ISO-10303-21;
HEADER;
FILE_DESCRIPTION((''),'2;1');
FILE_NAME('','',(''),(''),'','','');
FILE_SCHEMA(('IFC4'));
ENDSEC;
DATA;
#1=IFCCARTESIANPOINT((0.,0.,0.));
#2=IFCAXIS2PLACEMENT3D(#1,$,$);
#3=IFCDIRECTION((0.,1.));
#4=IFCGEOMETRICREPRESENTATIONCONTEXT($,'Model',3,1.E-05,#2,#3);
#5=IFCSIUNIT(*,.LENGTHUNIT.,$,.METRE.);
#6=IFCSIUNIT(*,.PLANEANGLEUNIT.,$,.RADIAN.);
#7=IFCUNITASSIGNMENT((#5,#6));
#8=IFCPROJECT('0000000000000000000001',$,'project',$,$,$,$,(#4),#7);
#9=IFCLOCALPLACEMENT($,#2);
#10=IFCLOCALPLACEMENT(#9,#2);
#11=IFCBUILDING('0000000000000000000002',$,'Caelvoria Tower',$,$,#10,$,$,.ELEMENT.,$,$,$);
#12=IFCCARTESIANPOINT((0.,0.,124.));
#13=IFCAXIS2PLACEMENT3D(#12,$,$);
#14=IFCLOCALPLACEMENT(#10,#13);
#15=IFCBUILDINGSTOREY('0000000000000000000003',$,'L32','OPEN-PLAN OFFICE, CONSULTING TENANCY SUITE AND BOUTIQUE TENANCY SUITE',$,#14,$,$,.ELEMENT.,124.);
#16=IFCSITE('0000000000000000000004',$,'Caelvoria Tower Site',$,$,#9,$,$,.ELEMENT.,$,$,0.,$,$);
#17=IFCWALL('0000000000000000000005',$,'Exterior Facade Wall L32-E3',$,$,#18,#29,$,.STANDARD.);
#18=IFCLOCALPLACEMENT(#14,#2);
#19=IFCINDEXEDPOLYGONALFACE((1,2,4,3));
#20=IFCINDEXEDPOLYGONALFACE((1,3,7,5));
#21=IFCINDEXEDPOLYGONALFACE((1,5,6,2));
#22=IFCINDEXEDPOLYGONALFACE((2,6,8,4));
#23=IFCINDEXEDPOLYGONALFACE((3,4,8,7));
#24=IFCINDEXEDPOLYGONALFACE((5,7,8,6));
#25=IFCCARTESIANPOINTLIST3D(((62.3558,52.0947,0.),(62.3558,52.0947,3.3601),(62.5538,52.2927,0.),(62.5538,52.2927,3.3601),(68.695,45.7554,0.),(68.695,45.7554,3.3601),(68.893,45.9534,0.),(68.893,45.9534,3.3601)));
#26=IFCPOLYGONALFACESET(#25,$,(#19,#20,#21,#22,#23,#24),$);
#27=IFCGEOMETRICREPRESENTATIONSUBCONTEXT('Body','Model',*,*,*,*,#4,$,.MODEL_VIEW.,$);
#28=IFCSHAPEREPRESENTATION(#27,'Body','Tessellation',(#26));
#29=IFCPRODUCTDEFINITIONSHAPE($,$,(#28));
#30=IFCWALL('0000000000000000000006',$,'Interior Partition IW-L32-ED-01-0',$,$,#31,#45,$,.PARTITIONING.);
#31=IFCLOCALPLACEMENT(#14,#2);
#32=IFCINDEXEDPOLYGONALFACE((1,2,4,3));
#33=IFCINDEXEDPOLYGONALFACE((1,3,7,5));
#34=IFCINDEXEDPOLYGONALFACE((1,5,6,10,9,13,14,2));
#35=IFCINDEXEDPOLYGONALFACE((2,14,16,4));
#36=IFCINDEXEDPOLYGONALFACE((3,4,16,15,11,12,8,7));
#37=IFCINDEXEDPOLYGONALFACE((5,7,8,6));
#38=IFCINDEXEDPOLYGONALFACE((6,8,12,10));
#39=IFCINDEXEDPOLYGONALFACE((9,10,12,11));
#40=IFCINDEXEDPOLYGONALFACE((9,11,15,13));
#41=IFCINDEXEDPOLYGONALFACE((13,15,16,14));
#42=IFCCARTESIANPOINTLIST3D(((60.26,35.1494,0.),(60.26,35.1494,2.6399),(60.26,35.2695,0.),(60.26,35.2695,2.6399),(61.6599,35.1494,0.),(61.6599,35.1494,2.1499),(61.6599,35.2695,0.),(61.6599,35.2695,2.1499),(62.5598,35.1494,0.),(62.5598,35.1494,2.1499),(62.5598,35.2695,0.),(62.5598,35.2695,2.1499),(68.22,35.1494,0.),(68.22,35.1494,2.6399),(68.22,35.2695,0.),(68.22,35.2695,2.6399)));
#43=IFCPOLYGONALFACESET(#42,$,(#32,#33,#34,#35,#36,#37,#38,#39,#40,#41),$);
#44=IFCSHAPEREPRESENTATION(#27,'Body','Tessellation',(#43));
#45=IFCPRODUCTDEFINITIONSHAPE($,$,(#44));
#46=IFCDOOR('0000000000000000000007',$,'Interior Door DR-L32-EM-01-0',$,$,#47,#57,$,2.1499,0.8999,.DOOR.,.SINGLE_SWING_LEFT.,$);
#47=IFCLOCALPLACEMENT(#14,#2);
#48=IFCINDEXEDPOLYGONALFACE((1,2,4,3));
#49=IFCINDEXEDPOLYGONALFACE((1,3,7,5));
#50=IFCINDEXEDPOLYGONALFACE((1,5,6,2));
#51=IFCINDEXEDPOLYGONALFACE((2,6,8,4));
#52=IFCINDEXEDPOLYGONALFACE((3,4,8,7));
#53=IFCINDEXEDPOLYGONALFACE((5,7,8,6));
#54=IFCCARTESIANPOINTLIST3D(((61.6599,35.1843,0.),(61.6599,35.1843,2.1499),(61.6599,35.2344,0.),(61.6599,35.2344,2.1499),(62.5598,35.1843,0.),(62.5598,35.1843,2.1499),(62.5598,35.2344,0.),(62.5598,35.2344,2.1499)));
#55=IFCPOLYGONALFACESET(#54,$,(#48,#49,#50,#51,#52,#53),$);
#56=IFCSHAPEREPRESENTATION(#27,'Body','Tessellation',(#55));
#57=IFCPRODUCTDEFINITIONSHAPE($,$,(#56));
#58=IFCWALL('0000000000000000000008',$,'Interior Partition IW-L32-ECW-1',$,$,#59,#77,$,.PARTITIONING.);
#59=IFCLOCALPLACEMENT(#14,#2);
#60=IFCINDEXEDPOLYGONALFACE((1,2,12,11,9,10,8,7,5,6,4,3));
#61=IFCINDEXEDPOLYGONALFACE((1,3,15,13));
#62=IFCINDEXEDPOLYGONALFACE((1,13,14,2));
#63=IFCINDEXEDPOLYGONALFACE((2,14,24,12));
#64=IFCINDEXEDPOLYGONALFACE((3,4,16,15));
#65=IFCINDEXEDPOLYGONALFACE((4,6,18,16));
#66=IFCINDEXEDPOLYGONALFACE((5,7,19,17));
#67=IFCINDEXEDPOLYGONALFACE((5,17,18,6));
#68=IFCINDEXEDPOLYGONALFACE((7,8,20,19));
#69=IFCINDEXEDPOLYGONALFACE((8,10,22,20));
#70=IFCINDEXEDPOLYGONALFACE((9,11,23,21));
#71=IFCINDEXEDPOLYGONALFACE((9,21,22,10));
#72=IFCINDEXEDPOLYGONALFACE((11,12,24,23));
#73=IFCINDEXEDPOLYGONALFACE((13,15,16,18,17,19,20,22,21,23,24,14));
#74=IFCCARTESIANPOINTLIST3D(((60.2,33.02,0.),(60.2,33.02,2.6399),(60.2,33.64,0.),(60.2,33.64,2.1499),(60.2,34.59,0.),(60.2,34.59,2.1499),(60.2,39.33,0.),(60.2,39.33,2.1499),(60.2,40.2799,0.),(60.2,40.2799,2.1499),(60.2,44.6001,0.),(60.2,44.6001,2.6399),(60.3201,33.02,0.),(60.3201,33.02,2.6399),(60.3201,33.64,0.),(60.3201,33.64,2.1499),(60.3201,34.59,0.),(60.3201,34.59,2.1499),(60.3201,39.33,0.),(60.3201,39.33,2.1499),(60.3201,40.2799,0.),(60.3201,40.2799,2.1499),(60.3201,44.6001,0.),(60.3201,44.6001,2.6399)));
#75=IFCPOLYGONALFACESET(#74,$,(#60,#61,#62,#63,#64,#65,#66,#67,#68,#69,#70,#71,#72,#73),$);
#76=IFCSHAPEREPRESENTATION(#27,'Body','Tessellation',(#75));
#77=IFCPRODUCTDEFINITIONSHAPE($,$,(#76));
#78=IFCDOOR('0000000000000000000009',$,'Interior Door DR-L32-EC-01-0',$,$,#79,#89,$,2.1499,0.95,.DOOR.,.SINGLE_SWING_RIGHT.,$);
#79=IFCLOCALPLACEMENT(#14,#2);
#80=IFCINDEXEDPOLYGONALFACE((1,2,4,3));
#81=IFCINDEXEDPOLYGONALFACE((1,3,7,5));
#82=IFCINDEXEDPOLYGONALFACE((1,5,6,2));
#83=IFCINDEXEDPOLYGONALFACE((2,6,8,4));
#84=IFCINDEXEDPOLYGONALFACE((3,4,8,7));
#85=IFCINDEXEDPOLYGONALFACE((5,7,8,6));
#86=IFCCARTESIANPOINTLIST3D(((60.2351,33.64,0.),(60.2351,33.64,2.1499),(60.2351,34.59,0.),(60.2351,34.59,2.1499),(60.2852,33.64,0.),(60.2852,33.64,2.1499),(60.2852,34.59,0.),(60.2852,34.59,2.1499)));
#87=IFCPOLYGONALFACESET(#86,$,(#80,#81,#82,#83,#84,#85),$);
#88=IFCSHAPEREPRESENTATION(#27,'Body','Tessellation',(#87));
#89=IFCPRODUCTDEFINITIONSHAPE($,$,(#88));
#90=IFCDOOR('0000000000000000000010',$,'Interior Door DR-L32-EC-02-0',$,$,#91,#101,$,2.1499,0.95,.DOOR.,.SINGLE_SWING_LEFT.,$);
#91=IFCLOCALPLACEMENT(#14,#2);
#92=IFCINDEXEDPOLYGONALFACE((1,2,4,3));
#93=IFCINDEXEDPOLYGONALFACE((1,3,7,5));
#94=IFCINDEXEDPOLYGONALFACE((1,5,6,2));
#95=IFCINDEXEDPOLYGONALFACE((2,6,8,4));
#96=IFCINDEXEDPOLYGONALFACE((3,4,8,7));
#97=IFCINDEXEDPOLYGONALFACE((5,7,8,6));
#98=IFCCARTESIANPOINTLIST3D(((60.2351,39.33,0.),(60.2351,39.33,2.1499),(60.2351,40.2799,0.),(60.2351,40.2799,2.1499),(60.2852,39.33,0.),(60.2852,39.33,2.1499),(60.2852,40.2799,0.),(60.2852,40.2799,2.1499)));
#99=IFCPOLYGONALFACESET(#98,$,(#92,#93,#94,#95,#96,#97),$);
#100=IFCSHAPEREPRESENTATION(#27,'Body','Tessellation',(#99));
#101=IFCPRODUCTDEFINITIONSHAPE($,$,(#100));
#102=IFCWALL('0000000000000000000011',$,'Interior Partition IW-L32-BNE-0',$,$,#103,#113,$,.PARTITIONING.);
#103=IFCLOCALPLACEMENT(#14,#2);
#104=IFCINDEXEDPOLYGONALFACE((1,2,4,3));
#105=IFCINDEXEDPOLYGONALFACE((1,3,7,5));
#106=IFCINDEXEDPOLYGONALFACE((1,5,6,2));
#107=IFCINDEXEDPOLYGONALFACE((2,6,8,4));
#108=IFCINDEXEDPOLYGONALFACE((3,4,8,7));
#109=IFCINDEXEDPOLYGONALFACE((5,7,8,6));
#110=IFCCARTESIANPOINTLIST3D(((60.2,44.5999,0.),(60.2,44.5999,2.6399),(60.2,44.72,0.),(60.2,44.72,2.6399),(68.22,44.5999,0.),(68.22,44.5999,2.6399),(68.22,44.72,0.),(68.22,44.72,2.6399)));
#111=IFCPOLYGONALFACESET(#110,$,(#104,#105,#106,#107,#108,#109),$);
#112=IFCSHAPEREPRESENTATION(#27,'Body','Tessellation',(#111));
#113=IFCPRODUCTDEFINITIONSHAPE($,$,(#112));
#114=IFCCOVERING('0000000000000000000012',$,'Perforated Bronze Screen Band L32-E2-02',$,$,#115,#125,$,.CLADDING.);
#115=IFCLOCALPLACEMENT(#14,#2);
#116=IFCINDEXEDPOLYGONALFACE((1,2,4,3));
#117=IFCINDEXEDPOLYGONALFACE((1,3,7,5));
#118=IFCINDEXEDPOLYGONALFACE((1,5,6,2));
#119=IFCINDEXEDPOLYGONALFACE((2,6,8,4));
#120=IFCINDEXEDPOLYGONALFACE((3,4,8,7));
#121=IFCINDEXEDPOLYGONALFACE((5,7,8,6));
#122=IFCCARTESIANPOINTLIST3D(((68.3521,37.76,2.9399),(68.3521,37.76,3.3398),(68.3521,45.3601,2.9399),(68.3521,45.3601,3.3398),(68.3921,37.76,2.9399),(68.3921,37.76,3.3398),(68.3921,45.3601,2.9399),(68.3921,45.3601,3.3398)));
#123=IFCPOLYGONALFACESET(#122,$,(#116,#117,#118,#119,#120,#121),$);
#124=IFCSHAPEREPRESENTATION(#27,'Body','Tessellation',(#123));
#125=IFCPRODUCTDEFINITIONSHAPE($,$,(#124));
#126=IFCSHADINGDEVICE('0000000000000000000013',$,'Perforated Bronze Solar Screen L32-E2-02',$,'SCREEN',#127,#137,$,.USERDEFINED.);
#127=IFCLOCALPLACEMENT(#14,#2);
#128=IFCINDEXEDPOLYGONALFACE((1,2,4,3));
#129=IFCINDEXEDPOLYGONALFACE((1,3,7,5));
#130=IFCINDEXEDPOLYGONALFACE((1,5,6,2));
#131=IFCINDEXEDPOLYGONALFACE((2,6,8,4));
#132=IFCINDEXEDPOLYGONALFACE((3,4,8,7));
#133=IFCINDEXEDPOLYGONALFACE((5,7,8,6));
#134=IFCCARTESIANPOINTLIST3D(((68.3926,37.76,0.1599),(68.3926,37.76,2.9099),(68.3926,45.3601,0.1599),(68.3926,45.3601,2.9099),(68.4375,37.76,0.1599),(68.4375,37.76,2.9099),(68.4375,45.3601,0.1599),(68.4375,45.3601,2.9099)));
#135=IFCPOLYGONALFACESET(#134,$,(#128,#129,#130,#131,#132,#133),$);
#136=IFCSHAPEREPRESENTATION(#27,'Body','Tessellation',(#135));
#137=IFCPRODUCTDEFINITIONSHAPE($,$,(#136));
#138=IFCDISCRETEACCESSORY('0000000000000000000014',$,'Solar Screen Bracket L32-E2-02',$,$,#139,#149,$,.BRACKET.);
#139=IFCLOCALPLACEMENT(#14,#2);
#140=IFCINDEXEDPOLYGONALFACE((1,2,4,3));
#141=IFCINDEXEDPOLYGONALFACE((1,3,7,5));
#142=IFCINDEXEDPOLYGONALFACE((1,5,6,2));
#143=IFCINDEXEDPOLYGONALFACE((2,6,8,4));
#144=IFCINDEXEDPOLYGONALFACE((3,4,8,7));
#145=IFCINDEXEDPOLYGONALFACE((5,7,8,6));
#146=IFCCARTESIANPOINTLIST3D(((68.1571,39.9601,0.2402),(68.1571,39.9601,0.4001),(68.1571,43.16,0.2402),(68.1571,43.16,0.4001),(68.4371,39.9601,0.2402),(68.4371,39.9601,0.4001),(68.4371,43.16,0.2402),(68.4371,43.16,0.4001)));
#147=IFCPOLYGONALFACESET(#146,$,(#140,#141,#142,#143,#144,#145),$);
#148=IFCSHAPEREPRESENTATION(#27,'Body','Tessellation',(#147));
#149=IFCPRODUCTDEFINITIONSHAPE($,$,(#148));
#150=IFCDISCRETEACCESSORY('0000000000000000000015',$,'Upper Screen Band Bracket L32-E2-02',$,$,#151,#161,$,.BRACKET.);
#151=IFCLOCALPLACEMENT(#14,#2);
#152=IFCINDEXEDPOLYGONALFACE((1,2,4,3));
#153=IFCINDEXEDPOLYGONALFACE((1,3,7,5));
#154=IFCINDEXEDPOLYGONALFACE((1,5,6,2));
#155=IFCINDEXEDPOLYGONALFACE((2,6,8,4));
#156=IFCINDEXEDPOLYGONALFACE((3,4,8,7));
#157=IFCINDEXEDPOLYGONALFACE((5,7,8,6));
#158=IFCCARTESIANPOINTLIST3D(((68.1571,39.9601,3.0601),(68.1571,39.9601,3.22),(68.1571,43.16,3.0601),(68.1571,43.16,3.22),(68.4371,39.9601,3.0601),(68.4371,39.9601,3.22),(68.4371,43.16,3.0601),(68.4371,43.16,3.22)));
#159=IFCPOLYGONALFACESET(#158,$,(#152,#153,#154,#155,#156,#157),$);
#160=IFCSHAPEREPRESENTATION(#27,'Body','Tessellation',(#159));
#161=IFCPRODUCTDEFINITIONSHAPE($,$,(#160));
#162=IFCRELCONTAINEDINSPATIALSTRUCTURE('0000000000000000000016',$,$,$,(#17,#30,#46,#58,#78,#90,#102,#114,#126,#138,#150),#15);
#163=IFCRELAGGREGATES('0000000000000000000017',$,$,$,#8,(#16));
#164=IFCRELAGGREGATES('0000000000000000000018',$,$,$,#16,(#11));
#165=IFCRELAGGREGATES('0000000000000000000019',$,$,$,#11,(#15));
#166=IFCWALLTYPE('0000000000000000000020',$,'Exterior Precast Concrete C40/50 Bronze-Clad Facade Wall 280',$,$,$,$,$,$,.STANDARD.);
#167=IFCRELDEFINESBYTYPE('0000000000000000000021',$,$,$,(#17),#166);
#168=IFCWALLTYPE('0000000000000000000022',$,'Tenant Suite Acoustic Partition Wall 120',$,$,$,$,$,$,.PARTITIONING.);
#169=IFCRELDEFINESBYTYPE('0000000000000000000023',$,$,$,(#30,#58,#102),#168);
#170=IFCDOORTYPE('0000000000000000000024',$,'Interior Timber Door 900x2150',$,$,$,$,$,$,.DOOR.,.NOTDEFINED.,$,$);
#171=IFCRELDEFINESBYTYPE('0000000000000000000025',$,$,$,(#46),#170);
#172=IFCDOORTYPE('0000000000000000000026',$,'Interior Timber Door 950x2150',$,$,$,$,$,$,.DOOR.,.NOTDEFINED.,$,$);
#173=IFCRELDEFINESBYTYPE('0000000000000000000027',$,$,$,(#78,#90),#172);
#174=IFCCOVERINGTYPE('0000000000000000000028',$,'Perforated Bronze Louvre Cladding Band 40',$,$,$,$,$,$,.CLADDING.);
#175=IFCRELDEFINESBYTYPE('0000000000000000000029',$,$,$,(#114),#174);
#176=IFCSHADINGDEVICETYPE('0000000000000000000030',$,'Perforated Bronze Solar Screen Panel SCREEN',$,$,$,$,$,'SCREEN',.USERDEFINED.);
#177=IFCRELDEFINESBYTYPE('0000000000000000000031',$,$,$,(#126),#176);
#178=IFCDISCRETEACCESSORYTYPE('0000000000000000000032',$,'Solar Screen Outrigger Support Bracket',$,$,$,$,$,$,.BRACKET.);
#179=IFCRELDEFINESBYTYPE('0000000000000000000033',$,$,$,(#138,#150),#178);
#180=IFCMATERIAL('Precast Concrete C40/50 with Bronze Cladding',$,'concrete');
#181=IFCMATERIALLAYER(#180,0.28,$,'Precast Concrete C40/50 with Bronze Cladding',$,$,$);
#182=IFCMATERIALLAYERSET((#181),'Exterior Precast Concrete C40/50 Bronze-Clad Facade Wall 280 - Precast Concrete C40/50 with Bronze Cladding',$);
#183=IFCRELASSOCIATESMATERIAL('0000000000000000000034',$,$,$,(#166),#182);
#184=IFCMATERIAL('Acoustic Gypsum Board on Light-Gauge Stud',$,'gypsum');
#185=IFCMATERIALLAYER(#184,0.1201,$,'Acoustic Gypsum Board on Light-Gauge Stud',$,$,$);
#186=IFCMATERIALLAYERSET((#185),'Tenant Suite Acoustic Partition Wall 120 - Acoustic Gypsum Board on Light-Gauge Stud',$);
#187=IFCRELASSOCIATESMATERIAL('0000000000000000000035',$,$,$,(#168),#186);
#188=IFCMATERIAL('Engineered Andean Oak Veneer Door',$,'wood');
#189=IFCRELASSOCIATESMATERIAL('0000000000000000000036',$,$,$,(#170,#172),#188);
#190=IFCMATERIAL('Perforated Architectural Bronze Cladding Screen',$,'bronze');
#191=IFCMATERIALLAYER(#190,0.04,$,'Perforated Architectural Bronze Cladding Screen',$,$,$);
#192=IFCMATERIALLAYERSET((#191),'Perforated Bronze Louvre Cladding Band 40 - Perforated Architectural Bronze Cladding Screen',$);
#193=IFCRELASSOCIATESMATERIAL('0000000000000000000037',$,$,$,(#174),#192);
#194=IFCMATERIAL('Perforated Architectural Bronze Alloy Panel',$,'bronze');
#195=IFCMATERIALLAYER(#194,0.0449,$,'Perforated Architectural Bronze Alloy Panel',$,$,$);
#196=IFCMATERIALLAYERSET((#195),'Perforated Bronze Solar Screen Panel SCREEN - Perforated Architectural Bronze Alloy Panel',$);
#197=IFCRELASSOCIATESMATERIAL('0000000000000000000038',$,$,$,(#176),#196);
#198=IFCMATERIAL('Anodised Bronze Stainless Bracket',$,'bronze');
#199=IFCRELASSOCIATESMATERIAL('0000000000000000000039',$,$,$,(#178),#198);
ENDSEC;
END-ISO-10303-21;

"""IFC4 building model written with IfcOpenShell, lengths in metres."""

from ifc_helpers import new_model, si_unit, direction, frame, frame_2d, origin, origin_2d, place, context, subcontext, project, spatial, rectangle, extrude, material, layer, layer_set, type_object, element, fill, save


model = new_model("IFC4")

# Units and contexts
model_context = context("Model", 3, precision=1e-05, world=origin(), true_north=direction((0.0, 1.0)))
body_context = subcontext(model_context, "Body", "Model", "MODEL_VIEW")
ifc_project = project(units=[si_unit("LENGTHUNIT", "METRE"), si_unit("PLANEANGLEUNIT", "RADIAN")], contexts=[model_context])

# Site, building, storey
site_placement = place(None, origin())
site = spatial("IfcSite", under=ifc_project, at=site_placement, Name="Caelvoria Tower Site", CompositionType="ELEMENT", RefElevation=0.0)
building_placement = place(site_placement, origin())
building = spatial("IfcBuilding", under=site, at=building_placement, Name="Caelvoria Tower", CompositionType="ELEMENT")
storey_placement = place(building_placement, frame((0.0, 0.0, 124.0)))
storey = spatial("IfcBuildingStorey", under=building, at=storey_placement, Name="L32", Description="OPEN-PLAN OFFICE, CONSULTING TENANCY SUITE AND BOUTIQUE TENANCY SUITE", CompositionType="ELEMENT", Elevation=124.0)

# Wall
ifc_material_1 = material(Name="Precast Concrete C40/50 with Bronze Cladding", Category="concrete")
ifc_layer_1 = layer(ifc_material_1, 0.28, Name="Precast Concrete C40/50 with Bronze Cladding")
ifc_layer_set_1 = layer_set([ifc_layer_1], Name="Exterior Precast Concrete C40/50 Bronze-Clad Facade Wall 280 - Precast Concrete C40/50 with Bronze Cladding")
wall_type_1 = type_object("IfcWallType", Name="Exterior Precast Concrete C40/50 Bronze-Clad Facade Wall 280", PredefinedType="STANDARD", material=ifc_layer_set_1)
wall_1_placement = place(storey_placement, frame((68.7939, 45.8545, 0.0), z_axis=(0.0, 0.0, 1.0), x_axis=(-0.707107, 0.707107, 0.0)))
element("IfcWall", 1, at=wall_1_placement, inside=storey, type_object=wall_type_1, Name="Exterior Facade Wall L32-E3", PredefinedType="STANDARD", context=body_context, shape_type="SweptSolid", body=[
    extrude(rectangle(XDim=8.9651, YDim=0.28, at=frame_2d((4.4824, 0.0))), origin(), (0.0, 0.0, 1.0), 3.3601),
])

# Wall, opening, door
ifc_material_2 = material(Name="Acoustic Gypsum Board on Light-Gauge Stud", Category="gypsum")
ifc_layer_2 = layer(ifc_material_2, 0.1201, Name="Acoustic Gypsum Board on Light-Gauge Stud")
ifc_layer_set_2 = layer_set([ifc_layer_2], Name="Tenant Suite Acoustic Partition Wall 120 - Acoustic Gypsum Board on Light-Gauge Stud")
wall_type_2 = type_object("IfcWallType", Name="Tenant Suite Acoustic Partition Wall 120", PredefinedType="PARTITIONING", material=ifc_layer_set_2)
wall_2_placement = place(storey_placement, frame((60.26, 35.2095, 0.0), z_axis=(0.0, 0.0, 1.0), x_axis=(1.0, 0.0, 0.0)))
wall_2 = element("IfcWall", 2, at=wall_2_placement, inside=storey, type_object=wall_type_2, Name="Interior Partition IW-L32-ED-01-0", PredefinedType="PARTITIONING", context=body_context, shape_type="SweptSolid", body=[
    extrude(rectangle(XDim=7.96, YDim=0.1201, at=frame_2d((3.98, 0.0))), origin(), (0.0, 0.0, 1.0), 2.6399),
])
opening_1_placement = place(wall_2_placement, frame((1.3999, 0.0, 0.0)))
opening_1 = element("IfcOpeningElement", 3, at=opening_1_placement, cuts=wall_2, PredefinedType="OPENING", context=body_context, shape_type="SweptSolid", body=[
    extrude(rectangle(XDim=0.8999, YDim=2.1499, at=frame_2d((0.45, 1.075))), frame((0.0, 0.0701, 0.0), z_axis=(0.0, -1.0, 0.0), x_axis=(1.0, 0.0, 0.0)), (0.0, 0.0, 1.0), 0.1401),
])
ifc_material_3 = material(Name="Engineered Andean Oak Veneer Door", Category="wood")
door_type_1 = type_object("IfcDoorType", Name="Interior Timber Door 900x2150", OperationType="NOTDEFINED", PredefinedType="DOOR", material=ifc_material_3)
door_1_placement = place(opening_1_placement, origin())
door_1 = element("IfcDoor", 4, at=door_1_placement, inside=storey, type_object=door_type_1, Name="Interior Door DR-L32-EM-01-0", OperationType="SINGLE_SWING_LEFT", OverallHeight=2.1499, OverallWidth=0.8999, PredefinedType="DOOR", context=body_context, shape_type="SweptSolid", body=[
    extrude(rectangle(XDim=0.8999, YDim=2.1499, at=frame_2d((0.45, 1.075))), frame((0.0, 0.0249, 0.0), z_axis=(0.0, -1.0, 0.0), x_axis=(1.0, 0.0, 0.0)), (0.0, 0.0, 1.0), 0.05),
])
fill(opening_1, door_1)

# Wall, openings, doors
wall_3_placement = place(storey_placement, frame((60.26, 33.02, 0.0), z_axis=(0.0, 0.0, 1.0), x_axis=(0.0, 1.0, 0.0)))
wall_3 = element("IfcWall", 5, at=wall_3_placement, inside=storey, type_object=wall_type_2, Name="Interior Partition IW-L32-ECW-1", PredefinedType="PARTITIONING", context=body_context, shape_type="SweptSolid", body=[
    extrude(rectangle(XDim=11.5801, YDim=0.1201, at=frame_2d((5.79, 0.0))), origin(), (0.0, 0.0, 1.0), 2.6399),
])
opening_2_placement = place(wall_3_placement, frame((0.6199, 0.0, 0.0)))
opening_2 = element("IfcOpeningElement", 6, at=opening_2_placement, cuts=wall_3, PredefinedType="OPENING", context=body_context, shape_type="SweptSolid", body=[
    extrude(rectangle(XDim=0.95, YDim=2.1499, at=frame_2d((0.4751, 1.075))), frame((0.0, 0.0701, 0.0), z_axis=(0.0, -1.0, 0.0), x_axis=(1.0, 0.0, 0.0)), (0.0, 0.0, 1.0), 0.1401),
])
opening_3_placement = place(wall_3_placement, frame((6.3098, 0.0, 0.0)))
opening_3 = element("IfcOpeningElement", 7, at=opening_3_placement, cuts=wall_3, PredefinedType="OPENING", context=body_context, shape_type="SweptSolid", body=[
    extrude(rectangle(XDim=0.95, YDim=2.1499, at=frame_2d((0.4751, 1.075))), frame((0.0, 0.0701, 0.0), z_axis=(0.0, -1.0, 0.0), x_axis=(1.0, 0.0, 0.0)), (0.0, 0.0, 1.0), 0.1401),
])
door_type_2 = type_object("IfcDoorType", Name="Interior Timber Door 950x2150", OperationType="NOTDEFINED", PredefinedType="DOOR", material=ifc_material_3)
door_2_placement = place(opening_2_placement, origin())
door_2 = element("IfcDoor", 8, at=door_2_placement, inside=storey, type_object=door_type_2, Name="Interior Door DR-L32-EC-01-0", OperationType="SINGLE_SWING_RIGHT", OverallHeight=2.1499, OverallWidth=0.95, PredefinedType="DOOR", context=body_context, shape_type="SweptSolid", body=[
    extrude(rectangle(XDim=0.95, YDim=2.1499, at=frame_2d((0.4751, 1.075))), frame((0.0, 0.0249, 0.0), z_axis=(0.0, -1.0, 0.0), x_axis=(1.0, 0.0, 0.0)), (0.0, 0.0, 1.0), 0.05),
])
fill(opening_2, door_2)
door_3_placement = place(opening_3_placement, origin())
door_3 = element("IfcDoor", 9, at=door_3_placement, inside=storey, type_object=door_type_2, Name="Interior Door DR-L32-EC-02-0", OperationType="SINGLE_SWING_LEFT", OverallHeight=2.1499, OverallWidth=0.95, PredefinedType="DOOR", context=body_context, shape_type="SweptSolid", body=[
    extrude(rectangle(XDim=0.95, YDim=2.1499, at=frame_2d((0.4751, 1.075))), frame((0.0, 0.0249, 0.0), z_axis=(0.0, -1.0, 0.0), x_axis=(1.0, 0.0, 0.0)), (0.0, 0.0, 1.0), 0.05),
])
fill(opening_3, door_3)

# Wall
wall_4_placement = place(storey_placement, frame((60.2, 44.6599, 0.0), z_axis=(0.0, 0.0, 1.0), x_axis=(1.0, 0.0, 0.0)))
element("IfcWall", 10, at=wall_4_placement, inside=storey, type_object=wall_type_2, Name="Interior Partition IW-L32-BNE-0", PredefinedType="PARTITIONING", context=body_context, shape_type="SweptSolid", body=[
    extrude(rectangle(XDim=8.02, YDim=0.1201, at=frame_2d((4.01, 0.0))), origin(), (0.0, 0.0, 1.0), 2.6399),
])

# Covering
ifc_material_4 = material(Name="Perforated Architectural Bronze Cladding Screen", Category="bronze")
ifc_layer_3 = layer(ifc_material_4, 0.04, Name="Perforated Architectural Bronze Cladding Screen")
ifc_layer_set_3 = layer_set([ifc_layer_3], Name="Perforated Bronze Louvre Cladding Band 40 - Perforated Architectural Bronze Cladding Screen")
covering_type = type_object("IfcCoveringType", Name="Perforated Bronze Louvre Cladding Band 40", PredefinedType="CLADDING", material=ifc_layer_set_3)
covering_placement = place(storey_placement, frame((68.3721, 41.5601, 2.9399), z_axis=(0.0, 0.0, 1.0), x_axis=(0.0, 1.0, 0.0)))
element("IfcCovering", 11, at=covering_placement, inside=storey, type_object=covering_type, Name="Perforated Bronze Screen Band L32-E2-02", PredefinedType="CLADDING", context=body_context, shape_type="SweptSolid", body=[
    extrude(rectangle(XDim=7.6001, YDim=0.04, at=origin_2d()), origin(), (0.0, 0.0, 1.0), 0.3999),
])

# Shading device
ifc_material_5 = material(Name="Perforated Architectural Bronze Alloy Panel", Category="bronze")
ifc_layer_4 = layer(ifc_material_5, 0.0449, Name="Perforated Architectural Bronze Alloy Panel")
ifc_layer_set_4 = layer_set([ifc_layer_4], Name="Perforated Bronze Solar Screen Panel SCREEN - Perforated Architectural Bronze Alloy Panel")
shading_device_type = type_object("IfcShadingDeviceType", Name="Perforated Bronze Solar Screen Panel SCREEN", ElementType="SCREEN", PredefinedType="USERDEFINED", material=ifc_layer_set_4)
shading_device_placement = place(storey_placement, frame((68.415, 41.5601, 0.1599), z_axis=(0.0, 0.0, 1.0), x_axis=(0.0, 1.0, 0.0)))
element("IfcShadingDevice", 12, at=shading_device_placement, inside=storey, type_object=shading_device_type, Name="Perforated Bronze Solar Screen L32-E2-02", ObjectType="SCREEN", PredefinedType="USERDEFINED", context=body_context, shape_type="SweptSolid", body=[
    extrude(rectangle(XDim=7.6001, YDim=0.0449, at=origin_2d()), origin(), (0.0, 0.0, 1.0), 2.75),
])

# Discrete accessories
ifc_material_6 = material(Name="Anodised Bronze Stainless Bracket", Category="bronze")
discrete_accessory_type = type_object("IfcDiscreteAccessoryType", Name="Solar Screen Outrigger Support Bracket", PredefinedType="BRACKET", material=ifc_material_6)
for number, where, z_axis, x_axis, name in (
    (13, (68.2971, 41.5601, 0.2402), (0.0, 0.0, 1.0), (0.0, 1.0, 0.0), "Solar Screen Bracket L32-E2-02"),
    (14, (68.2971, 41.5601, 3.0601), (0.0, 0.0, 1.0), (0.0, 1.0, 0.0), "Upper Screen Band Bracket L32-E2-02"),
):
    element("IfcDiscreteAccessory", number, at=place(storey_placement, frame(where, z_axis=z_axis, x_axis=x_axis)), inside=storey, type_object=discrete_accessory_type, Name=name, PredefinedType="BRACKET", context=body_context, shape_type="SweptSolid", body=[
        extrude(rectangle(XDim=3.2, YDim=0.28, at=origin_2d()), origin(), (0.0, 0.0, 1.0), 0.1599),
    ])

save(model, "model.ifc")
